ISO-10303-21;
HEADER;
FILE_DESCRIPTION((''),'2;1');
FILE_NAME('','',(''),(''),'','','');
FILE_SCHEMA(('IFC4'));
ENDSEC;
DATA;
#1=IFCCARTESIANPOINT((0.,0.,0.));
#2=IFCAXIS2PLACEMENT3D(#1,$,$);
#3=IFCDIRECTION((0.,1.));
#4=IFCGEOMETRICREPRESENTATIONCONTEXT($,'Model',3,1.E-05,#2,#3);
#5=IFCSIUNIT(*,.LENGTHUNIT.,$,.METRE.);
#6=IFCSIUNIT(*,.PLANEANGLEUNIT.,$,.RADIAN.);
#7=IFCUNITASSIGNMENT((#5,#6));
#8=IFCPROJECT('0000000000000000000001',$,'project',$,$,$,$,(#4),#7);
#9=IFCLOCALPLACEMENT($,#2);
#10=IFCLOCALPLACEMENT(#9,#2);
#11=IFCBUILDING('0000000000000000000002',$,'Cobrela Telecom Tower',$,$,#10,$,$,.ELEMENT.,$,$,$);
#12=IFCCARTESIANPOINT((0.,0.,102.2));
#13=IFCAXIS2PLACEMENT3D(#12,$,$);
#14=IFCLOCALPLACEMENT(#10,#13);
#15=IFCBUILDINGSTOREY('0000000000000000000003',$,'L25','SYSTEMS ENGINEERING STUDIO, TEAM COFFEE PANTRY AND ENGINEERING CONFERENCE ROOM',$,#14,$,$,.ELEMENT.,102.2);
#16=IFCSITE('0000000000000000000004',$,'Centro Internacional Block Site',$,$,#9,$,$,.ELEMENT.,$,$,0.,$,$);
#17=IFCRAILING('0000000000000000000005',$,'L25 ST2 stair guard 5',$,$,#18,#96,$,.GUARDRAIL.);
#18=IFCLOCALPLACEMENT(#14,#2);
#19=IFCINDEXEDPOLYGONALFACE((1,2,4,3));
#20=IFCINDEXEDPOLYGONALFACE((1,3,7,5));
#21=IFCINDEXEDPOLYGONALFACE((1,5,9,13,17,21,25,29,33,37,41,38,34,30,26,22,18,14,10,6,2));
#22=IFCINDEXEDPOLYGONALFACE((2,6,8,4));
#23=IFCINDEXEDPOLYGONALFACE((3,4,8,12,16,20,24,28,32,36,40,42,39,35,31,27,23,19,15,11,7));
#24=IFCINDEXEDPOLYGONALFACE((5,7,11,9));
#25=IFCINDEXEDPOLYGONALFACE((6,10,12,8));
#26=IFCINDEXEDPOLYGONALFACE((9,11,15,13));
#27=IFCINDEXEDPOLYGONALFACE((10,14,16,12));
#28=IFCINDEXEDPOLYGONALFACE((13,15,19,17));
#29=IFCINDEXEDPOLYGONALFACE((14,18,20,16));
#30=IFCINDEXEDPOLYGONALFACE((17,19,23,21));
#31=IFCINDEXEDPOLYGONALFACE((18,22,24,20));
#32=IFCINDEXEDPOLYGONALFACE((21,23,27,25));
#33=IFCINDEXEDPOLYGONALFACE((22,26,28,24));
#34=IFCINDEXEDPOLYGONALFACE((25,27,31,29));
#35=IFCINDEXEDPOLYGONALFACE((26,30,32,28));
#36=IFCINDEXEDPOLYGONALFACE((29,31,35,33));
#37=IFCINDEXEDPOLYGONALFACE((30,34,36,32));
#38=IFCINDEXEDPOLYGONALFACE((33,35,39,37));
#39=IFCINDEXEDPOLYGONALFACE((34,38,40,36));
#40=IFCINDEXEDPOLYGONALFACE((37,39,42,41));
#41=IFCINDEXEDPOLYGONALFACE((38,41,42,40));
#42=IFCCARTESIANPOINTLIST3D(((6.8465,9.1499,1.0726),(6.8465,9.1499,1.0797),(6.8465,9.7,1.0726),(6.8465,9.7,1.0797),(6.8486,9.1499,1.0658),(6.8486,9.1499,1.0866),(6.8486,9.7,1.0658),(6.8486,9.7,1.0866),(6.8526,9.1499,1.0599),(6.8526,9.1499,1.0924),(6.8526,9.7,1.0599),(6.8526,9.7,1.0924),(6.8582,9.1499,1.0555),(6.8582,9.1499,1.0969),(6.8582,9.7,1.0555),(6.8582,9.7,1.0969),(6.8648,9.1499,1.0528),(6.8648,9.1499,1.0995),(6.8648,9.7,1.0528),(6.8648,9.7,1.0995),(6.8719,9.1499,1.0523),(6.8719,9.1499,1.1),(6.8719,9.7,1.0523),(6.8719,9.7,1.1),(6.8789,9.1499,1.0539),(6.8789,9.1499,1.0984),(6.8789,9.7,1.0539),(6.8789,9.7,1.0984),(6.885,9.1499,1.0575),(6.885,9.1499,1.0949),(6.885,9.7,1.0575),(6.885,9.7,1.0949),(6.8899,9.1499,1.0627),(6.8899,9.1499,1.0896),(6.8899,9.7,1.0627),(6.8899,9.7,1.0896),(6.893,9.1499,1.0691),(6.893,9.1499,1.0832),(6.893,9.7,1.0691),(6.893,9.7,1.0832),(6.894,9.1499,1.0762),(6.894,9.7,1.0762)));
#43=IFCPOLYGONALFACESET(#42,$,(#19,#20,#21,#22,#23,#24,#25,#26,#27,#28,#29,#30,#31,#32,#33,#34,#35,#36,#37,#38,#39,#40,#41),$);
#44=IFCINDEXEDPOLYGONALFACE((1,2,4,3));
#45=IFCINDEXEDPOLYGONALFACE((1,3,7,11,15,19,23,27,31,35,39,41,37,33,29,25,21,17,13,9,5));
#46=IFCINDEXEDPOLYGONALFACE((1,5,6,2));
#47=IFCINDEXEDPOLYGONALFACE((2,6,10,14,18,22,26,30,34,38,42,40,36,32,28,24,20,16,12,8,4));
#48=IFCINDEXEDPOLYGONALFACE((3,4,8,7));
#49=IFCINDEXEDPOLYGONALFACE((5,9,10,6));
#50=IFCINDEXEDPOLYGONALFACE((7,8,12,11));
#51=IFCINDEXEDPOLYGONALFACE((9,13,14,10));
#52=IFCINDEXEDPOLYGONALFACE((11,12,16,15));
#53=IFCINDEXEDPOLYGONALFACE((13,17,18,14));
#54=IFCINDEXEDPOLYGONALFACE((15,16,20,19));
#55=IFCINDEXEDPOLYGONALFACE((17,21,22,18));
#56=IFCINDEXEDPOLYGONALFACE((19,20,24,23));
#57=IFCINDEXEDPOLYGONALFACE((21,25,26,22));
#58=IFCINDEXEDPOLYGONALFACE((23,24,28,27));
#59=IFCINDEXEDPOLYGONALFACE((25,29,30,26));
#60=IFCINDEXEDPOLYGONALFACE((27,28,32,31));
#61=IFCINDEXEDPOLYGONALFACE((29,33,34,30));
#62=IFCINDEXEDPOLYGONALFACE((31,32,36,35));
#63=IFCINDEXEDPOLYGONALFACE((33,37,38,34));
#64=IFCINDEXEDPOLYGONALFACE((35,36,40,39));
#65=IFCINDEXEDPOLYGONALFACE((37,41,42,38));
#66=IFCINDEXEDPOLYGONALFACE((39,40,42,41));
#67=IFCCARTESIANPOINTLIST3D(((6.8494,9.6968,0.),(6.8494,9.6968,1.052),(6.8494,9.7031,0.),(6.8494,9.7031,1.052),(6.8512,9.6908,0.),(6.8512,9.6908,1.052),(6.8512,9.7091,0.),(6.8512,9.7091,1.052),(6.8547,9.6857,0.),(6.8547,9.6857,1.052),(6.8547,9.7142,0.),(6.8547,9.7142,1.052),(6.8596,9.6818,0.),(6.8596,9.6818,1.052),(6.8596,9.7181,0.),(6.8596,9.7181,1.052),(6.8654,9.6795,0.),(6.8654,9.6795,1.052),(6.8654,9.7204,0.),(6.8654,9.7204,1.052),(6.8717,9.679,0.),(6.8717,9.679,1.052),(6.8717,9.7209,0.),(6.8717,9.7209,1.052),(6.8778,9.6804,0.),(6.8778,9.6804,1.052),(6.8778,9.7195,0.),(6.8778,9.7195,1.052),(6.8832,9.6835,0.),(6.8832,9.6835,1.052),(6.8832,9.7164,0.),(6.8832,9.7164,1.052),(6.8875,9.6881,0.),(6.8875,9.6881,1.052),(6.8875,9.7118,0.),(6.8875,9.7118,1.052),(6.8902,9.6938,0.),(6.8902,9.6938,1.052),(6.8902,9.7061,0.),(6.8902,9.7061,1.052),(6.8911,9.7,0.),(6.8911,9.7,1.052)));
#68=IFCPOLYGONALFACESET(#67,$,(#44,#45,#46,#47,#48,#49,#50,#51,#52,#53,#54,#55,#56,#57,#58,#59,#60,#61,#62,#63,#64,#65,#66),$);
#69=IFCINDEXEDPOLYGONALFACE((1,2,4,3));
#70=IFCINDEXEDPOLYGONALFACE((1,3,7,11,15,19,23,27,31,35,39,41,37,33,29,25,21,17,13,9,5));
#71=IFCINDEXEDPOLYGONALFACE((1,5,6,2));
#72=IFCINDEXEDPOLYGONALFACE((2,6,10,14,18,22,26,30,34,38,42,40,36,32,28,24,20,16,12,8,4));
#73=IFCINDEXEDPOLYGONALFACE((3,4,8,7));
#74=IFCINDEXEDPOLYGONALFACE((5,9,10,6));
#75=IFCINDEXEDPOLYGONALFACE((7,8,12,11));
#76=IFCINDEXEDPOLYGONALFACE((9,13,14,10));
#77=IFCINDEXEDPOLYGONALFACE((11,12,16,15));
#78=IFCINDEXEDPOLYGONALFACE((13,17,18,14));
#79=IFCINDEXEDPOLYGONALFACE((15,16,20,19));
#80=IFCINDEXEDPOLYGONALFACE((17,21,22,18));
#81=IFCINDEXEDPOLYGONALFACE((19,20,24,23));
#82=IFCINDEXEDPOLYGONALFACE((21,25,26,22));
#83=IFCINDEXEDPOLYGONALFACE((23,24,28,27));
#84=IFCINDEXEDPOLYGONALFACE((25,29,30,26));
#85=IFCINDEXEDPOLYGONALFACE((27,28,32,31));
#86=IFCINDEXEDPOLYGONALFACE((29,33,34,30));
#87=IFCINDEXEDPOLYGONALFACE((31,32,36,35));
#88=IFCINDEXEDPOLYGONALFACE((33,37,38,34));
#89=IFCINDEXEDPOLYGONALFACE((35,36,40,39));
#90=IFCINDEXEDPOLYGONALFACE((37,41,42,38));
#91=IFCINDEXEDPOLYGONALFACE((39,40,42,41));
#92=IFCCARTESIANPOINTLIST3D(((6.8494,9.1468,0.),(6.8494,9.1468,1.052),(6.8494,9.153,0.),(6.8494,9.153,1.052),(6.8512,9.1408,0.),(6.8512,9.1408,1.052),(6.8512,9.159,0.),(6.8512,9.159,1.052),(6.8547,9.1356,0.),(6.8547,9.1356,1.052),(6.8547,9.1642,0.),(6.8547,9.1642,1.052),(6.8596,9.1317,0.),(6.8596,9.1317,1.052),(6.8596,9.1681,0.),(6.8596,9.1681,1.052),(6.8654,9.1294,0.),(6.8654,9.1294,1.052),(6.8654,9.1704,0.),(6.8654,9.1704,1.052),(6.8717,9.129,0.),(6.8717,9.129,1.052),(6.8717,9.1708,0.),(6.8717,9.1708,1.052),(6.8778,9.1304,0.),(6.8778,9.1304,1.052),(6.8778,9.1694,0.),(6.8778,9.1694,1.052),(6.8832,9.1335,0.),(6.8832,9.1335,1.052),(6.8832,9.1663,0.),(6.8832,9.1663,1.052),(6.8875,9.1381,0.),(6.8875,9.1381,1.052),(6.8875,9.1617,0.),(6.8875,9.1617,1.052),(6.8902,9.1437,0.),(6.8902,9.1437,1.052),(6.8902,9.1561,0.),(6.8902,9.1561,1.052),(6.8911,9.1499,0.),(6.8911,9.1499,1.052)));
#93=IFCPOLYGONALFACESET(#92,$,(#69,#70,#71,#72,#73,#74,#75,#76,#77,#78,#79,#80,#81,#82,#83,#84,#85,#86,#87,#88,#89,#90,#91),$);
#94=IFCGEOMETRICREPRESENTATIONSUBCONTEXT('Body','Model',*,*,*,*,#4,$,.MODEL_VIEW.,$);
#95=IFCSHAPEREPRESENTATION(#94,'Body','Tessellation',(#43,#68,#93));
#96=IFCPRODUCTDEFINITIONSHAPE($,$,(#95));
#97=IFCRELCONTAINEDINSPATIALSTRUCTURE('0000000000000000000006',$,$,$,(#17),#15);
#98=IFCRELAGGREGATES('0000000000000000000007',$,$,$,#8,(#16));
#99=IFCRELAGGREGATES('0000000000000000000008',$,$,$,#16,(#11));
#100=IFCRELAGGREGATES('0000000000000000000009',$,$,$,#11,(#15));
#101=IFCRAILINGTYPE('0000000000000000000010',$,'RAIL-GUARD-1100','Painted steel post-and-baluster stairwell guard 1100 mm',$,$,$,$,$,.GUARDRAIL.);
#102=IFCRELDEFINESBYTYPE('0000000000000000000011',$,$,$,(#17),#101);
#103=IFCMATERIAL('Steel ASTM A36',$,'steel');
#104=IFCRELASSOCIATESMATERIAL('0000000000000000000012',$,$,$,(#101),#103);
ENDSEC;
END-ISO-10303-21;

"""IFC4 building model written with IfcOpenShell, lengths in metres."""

from ifc_helpers import new_model, si_unit, direction, frame, origin, origin_2d, place, context, subcontext, project, spatial, circle, extrude, material, type_object, element, save


model = new_model("IFC4")

# Units and contexts
model_context = context("Model", 3, precision=1e-05, world=origin(), true_north=direction((0.0, 1.0)))
body_context = subcontext(model_context, "Body", "Model", "MODEL_VIEW")
ifc_project = project(units=[si_unit("LENGTHUNIT", "METRE"), si_unit("PLANEANGLEUNIT", "RADIAN")], contexts=[model_context])

# Site, building, storey
site_placement = place(None, origin())
site = spatial("IfcSite", under=ifc_project, at=site_placement, Name="Centro Internacional Block Site", CompositionType="ELEMENT", RefElevation=0.0)
building_placement = place(site_placement, origin())
building = spatial("IfcBuilding", under=site, at=building_placement, Name="Cobrela Telecom Tower", CompositionType="ELEMENT")
storey_placement = place(building_placement, frame((0.0, 0.0, 102.2)))
storey = spatial("IfcBuildingStorey", under=building, at=storey_placement, Name="L25", Description="SYSTEMS ENGINEERING STUDIO, TEAM COFFEE PANTRY AND ENGINEERING CONFERENCE ROOM", CompositionType="ELEMENT", Elevation=102.2)

# Shared definitions
ifc_material_1 = material(Name="Steel ASTM A36", Category="steel")

# Railing
railing_type_1 = type_object("IfcRailingType", Name="RAIL-GUARD-1100", Description="Painted steel post-and-baluster stairwell guard 1100 mm", PredefinedType="GUARDRAIL", material=ifc_material_1)
railing_1_placement = place(storey_placement, frame((6.8701, 9.7, 0.0)))
element("IfcRailing", 1, at=railing_1_placement, inside=storey, type_object=railing_type_1, Name="L25 ST2 stair guard 5", PredefinedType="GUARDRAIL", context=body_context, shape_type="SweptSolid", body=[
    extrude(circle(Radius=0.0239, at=origin_2d()), frame((0.0, 0.0, 1.0762), z_axis=(0.0, -1.0, 0.0), x_axis=(1.0, 0.0, 0.0)), (0.0, 0.0, 1.0), 0.55),
    extrude(circle(Radius=0.021, at=origin_2d()), origin(), (0.0, 0.0, 1.0), 1.052),
    extrude(circle(Radius=0.021, at=origin_2d()), frame((0.0, -0.55, 0.0)), (0.0, 0.0, 1.0), 1.052),
])

save(model, "model.ifc")
